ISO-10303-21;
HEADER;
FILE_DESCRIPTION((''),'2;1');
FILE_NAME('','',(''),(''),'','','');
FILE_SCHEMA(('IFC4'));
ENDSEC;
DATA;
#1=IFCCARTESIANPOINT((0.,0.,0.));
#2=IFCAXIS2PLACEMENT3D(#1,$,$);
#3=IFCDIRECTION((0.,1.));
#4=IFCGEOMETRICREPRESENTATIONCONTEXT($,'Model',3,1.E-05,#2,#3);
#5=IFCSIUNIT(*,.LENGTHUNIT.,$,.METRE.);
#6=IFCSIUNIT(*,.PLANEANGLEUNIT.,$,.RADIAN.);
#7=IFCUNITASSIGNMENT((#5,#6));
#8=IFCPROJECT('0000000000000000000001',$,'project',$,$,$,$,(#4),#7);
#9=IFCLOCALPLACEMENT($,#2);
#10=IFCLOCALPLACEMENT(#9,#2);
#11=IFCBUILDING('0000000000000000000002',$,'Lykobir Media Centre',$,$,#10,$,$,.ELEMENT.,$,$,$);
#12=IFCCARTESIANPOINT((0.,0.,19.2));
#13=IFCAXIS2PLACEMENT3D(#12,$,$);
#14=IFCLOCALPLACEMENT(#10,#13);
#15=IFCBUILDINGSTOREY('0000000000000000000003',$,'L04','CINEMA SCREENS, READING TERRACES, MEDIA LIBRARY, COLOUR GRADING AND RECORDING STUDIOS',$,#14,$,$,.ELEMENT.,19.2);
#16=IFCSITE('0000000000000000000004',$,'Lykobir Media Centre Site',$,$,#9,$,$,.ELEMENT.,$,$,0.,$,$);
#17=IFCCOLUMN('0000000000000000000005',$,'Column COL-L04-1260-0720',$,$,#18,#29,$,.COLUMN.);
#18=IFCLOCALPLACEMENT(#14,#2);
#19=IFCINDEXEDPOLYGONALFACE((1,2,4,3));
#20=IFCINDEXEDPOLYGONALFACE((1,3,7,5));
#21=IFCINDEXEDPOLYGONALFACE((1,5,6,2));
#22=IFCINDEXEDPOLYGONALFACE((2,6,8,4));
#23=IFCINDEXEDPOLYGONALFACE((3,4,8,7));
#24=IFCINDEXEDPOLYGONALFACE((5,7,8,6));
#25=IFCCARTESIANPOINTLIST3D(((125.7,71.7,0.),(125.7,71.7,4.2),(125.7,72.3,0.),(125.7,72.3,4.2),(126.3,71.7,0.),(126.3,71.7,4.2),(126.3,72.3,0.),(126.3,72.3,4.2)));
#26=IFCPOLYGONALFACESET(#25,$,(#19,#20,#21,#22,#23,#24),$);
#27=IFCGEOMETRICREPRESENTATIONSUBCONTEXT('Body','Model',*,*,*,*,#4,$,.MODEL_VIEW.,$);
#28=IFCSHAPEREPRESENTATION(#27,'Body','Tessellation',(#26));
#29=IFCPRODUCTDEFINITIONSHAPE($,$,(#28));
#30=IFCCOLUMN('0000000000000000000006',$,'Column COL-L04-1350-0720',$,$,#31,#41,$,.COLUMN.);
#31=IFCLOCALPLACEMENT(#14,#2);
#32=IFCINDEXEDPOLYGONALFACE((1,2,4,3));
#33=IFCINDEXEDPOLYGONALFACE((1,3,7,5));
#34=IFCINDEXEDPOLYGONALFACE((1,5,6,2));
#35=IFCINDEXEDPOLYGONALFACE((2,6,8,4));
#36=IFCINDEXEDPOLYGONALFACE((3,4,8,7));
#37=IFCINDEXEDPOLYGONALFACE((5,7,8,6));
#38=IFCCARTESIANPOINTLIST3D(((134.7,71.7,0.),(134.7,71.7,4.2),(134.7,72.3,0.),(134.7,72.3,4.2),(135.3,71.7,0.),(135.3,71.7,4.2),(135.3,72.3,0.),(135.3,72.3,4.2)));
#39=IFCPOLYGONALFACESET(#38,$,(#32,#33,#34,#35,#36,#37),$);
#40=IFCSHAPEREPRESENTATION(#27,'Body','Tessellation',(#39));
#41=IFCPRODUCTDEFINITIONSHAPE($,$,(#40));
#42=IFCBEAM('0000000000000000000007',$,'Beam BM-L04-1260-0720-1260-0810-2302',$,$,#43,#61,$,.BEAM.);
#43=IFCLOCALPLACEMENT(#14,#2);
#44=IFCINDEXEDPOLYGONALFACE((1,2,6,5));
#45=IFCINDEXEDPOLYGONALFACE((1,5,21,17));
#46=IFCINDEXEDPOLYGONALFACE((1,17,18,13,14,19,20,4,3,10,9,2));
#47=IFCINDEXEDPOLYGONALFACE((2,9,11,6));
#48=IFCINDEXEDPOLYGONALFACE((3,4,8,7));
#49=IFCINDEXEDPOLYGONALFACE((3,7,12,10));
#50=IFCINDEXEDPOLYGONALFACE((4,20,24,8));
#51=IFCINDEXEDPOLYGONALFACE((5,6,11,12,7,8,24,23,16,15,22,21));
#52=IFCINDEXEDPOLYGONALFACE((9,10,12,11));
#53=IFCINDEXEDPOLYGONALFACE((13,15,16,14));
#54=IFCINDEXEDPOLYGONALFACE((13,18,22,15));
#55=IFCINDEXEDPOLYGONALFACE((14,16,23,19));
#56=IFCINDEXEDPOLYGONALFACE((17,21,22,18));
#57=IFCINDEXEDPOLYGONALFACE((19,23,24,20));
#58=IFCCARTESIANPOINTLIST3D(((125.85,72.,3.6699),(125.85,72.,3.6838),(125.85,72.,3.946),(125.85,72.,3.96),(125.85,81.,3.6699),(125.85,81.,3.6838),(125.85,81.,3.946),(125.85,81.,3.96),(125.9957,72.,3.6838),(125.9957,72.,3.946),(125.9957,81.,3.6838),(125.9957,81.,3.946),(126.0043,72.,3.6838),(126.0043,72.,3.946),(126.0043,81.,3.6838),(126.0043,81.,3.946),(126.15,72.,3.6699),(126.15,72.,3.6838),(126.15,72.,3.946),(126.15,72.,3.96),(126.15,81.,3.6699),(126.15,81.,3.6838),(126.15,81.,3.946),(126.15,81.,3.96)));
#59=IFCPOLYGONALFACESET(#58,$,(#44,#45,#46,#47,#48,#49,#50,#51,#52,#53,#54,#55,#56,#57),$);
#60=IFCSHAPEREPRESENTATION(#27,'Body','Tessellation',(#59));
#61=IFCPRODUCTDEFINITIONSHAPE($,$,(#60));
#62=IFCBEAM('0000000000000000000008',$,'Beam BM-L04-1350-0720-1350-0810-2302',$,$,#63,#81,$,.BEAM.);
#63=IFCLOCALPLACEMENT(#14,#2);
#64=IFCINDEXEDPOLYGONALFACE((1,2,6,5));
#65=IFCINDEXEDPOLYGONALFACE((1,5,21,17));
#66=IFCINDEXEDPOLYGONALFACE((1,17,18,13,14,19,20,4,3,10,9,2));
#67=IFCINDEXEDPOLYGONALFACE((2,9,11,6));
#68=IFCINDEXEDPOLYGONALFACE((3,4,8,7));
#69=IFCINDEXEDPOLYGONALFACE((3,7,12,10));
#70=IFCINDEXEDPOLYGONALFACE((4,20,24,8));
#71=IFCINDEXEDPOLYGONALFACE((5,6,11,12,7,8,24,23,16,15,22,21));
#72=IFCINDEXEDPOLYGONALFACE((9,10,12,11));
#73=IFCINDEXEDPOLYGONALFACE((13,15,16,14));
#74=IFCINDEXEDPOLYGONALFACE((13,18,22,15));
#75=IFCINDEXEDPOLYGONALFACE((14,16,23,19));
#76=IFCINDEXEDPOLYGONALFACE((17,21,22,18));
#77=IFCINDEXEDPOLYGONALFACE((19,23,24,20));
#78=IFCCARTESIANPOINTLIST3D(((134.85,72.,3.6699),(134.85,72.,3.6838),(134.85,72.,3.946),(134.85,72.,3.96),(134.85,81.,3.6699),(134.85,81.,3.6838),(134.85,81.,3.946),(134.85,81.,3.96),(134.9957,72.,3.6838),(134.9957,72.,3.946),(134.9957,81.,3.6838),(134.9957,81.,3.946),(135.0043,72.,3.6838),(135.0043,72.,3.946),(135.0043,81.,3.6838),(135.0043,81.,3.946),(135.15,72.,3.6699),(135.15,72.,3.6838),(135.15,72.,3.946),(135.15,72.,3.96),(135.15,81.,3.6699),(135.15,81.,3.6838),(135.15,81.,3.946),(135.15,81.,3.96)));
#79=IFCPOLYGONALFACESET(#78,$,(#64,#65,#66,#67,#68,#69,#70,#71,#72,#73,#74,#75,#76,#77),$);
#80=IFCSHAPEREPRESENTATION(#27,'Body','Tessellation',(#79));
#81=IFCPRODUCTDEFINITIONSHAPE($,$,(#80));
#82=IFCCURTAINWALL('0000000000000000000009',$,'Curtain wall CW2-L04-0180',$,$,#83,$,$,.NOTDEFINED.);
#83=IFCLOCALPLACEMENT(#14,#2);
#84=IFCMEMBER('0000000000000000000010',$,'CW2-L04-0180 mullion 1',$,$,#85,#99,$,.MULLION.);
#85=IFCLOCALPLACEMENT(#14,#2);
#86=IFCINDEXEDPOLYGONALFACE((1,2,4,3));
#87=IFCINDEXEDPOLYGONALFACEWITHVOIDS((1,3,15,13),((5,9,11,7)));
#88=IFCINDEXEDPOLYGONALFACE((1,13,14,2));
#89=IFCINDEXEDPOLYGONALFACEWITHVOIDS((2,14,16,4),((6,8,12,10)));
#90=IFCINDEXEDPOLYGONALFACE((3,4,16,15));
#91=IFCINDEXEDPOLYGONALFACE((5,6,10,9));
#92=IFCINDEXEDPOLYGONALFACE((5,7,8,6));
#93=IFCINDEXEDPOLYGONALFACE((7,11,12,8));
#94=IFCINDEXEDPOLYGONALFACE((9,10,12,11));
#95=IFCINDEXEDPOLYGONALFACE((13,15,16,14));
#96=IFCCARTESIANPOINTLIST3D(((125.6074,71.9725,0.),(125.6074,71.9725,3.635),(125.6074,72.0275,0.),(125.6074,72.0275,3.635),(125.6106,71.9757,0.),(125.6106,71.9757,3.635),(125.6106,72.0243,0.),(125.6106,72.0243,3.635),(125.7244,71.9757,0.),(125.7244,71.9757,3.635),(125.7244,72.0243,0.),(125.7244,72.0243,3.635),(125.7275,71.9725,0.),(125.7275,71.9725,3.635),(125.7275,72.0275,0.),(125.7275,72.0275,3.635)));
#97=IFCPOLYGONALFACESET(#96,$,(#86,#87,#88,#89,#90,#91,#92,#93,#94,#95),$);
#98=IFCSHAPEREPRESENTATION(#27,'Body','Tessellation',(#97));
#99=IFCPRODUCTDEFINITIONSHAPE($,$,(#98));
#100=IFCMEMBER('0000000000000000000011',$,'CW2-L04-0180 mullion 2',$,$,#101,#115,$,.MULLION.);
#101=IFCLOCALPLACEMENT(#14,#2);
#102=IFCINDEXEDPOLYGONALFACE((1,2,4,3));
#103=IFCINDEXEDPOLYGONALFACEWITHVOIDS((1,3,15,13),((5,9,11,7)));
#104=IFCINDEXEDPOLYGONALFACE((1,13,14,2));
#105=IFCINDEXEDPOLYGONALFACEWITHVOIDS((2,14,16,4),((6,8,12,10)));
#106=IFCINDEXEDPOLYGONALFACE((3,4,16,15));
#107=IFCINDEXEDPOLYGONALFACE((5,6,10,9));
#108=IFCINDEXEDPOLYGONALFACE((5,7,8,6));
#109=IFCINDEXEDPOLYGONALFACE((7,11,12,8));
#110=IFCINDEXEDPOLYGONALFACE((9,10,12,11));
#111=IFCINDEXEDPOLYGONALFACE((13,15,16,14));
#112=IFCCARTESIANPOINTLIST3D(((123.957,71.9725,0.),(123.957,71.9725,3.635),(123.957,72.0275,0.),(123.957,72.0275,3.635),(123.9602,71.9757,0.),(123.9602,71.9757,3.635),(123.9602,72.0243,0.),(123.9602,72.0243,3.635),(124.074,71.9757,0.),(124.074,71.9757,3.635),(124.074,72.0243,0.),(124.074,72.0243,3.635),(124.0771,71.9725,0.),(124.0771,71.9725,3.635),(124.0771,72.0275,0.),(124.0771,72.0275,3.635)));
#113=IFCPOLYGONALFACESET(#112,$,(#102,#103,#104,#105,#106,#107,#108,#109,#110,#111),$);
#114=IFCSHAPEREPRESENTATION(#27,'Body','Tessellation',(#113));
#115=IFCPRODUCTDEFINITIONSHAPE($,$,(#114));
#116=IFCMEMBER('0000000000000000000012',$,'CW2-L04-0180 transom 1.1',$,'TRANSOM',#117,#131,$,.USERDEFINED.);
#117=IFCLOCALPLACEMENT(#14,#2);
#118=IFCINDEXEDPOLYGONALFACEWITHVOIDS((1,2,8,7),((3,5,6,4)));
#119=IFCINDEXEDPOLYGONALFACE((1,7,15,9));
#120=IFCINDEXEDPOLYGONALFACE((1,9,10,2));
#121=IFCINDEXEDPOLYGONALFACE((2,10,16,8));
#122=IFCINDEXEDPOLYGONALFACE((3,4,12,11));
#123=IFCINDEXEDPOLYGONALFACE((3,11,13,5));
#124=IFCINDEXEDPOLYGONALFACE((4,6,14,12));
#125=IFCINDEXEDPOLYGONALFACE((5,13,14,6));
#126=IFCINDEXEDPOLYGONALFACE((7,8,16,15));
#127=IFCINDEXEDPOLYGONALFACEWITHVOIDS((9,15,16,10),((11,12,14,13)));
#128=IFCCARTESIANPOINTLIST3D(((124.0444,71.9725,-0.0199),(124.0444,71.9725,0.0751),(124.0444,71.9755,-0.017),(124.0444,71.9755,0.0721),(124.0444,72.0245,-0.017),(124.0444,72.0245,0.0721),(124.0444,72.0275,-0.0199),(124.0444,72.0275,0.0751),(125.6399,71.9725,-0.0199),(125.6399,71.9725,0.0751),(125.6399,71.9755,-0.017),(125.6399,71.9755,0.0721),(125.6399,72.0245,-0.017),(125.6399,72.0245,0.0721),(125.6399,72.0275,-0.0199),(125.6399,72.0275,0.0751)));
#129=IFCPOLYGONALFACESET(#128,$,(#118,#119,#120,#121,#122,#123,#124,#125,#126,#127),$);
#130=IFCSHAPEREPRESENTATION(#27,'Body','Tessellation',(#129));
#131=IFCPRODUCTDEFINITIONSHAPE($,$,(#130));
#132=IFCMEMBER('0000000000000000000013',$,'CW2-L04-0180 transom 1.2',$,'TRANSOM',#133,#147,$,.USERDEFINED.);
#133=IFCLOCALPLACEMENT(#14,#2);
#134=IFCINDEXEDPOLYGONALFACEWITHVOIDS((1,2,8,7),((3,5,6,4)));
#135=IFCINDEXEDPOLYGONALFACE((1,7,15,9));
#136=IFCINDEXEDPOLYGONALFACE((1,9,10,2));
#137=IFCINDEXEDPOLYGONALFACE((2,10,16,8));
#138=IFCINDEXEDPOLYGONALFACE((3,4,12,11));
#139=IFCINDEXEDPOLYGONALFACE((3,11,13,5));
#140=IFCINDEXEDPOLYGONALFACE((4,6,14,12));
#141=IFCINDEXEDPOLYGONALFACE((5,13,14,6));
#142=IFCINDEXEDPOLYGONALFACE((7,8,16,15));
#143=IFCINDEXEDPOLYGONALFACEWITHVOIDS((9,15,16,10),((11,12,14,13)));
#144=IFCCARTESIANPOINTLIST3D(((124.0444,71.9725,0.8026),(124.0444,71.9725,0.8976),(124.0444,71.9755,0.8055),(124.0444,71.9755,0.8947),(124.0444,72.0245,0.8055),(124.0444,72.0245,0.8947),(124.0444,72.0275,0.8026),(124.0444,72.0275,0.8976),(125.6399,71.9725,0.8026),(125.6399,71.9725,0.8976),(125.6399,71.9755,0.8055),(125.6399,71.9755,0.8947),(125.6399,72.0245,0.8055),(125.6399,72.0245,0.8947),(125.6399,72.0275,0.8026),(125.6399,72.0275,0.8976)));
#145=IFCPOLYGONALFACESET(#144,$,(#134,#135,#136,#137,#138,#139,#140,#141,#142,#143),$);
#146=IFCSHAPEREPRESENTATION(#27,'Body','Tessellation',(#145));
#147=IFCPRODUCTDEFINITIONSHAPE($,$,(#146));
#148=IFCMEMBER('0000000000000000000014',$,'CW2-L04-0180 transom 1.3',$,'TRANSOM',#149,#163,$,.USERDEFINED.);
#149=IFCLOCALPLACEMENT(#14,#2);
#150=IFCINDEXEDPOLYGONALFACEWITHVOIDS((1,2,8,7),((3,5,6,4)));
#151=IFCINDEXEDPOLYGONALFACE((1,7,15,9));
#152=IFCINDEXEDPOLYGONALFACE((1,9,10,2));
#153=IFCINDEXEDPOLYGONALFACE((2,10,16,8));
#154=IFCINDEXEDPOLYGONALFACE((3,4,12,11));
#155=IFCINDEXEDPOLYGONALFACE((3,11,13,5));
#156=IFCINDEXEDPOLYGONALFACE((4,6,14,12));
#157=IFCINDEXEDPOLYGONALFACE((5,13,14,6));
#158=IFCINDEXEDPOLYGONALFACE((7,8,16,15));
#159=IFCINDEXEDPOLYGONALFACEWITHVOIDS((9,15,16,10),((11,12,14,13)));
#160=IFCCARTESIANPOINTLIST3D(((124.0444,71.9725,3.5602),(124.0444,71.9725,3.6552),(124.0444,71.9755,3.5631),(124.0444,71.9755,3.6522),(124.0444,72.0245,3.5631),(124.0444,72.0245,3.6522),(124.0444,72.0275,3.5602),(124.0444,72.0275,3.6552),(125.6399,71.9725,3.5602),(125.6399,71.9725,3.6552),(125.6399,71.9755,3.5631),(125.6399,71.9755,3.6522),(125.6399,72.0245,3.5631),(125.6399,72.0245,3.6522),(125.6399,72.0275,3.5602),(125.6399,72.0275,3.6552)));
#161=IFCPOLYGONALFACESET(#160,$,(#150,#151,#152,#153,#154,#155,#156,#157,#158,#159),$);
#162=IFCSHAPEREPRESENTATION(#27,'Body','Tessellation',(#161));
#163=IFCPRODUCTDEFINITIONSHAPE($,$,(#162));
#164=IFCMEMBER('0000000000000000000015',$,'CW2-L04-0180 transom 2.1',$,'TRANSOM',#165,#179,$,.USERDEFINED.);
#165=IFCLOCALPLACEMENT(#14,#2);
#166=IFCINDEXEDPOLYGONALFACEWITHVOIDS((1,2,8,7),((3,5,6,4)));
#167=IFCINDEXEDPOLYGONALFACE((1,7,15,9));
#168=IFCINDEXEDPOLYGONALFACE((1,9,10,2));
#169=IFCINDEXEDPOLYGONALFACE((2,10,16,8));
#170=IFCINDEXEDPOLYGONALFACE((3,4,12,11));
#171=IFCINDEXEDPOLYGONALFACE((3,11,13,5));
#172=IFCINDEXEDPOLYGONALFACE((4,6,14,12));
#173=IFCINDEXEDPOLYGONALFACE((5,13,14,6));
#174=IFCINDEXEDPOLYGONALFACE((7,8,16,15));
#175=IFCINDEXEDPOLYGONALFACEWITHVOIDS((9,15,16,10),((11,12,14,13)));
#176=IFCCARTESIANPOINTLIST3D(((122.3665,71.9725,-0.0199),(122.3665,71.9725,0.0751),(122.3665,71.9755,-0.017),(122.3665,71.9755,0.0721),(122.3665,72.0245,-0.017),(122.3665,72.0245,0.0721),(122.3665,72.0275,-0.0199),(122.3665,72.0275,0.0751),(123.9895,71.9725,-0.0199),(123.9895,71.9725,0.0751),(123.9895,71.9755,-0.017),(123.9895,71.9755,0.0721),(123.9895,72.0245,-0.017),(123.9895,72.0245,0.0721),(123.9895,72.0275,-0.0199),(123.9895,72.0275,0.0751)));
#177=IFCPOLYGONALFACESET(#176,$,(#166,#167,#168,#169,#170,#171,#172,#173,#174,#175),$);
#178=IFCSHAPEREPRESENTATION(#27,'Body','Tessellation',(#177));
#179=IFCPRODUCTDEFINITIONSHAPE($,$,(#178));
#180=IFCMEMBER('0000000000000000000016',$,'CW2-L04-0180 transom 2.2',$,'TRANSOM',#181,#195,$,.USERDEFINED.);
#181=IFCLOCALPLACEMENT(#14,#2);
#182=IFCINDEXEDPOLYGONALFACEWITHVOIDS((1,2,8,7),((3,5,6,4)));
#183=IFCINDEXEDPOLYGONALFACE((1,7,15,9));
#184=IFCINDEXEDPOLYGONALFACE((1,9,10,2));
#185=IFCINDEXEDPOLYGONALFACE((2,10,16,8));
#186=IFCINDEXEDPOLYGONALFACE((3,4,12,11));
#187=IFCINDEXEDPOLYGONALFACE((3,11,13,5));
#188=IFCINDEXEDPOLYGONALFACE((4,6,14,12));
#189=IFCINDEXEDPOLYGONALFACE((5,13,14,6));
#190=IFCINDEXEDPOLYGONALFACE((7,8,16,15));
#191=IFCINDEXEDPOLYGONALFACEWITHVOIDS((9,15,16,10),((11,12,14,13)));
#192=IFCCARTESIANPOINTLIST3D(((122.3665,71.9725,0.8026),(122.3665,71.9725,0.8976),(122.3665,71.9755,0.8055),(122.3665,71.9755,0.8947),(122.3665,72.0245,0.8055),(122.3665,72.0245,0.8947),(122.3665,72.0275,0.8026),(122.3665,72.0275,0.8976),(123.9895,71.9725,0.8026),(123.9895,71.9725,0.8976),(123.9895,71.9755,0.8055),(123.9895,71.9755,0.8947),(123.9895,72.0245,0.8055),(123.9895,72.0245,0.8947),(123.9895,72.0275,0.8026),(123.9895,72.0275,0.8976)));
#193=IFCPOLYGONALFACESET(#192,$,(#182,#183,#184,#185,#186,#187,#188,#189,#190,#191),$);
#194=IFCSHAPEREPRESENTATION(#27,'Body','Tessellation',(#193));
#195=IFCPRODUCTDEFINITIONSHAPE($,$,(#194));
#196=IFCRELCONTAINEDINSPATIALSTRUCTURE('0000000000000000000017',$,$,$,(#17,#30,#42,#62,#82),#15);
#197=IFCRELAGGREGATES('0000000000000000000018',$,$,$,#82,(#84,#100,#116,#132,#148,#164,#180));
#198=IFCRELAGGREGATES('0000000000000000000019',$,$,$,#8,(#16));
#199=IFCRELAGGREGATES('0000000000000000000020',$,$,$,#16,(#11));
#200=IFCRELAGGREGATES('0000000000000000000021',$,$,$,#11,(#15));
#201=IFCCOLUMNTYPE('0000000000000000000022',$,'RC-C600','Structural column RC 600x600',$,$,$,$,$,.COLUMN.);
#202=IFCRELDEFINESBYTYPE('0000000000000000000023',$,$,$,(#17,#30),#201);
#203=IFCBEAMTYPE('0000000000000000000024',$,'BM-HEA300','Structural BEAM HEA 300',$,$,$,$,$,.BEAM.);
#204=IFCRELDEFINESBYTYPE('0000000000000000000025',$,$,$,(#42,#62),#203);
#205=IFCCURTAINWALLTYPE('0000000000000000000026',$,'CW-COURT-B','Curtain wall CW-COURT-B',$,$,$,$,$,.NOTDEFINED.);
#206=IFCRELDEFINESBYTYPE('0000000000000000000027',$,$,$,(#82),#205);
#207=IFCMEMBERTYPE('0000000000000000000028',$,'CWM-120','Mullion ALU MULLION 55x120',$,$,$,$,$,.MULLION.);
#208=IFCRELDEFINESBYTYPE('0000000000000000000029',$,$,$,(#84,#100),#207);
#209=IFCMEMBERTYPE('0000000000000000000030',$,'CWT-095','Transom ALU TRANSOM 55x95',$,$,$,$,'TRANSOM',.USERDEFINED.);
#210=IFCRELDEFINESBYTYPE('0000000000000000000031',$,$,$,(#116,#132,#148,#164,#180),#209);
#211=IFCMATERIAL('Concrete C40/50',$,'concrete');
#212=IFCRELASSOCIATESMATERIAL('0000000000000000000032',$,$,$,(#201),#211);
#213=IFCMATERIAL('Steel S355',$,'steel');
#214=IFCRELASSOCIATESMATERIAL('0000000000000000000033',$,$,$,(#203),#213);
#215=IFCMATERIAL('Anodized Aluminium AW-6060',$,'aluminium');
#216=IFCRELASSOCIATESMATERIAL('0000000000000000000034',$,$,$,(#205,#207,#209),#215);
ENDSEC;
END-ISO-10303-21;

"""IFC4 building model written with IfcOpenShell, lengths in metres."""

from ifc_helpers import new_model, si_unit, direction, frame, origin, origin_2d, place, context, subcontext, project, spatial, rectangle, hollow_rectangle, i_section, extrude, material, material_profile, profile_set, type_object, element, aggregate, save


model = new_model("IFC4")

# Units and contexts
model_context = context("Model", 3, precision=1e-05, world=origin(), true_north=direction((0.0, 1.0)))
body_context = subcontext(model_context, "Body", "Model", "MODEL_VIEW")
ifc_project = project(units=[si_unit("LENGTHUNIT", "METRE"), si_unit("PLANEANGLEUNIT", "RADIAN")], contexts=[model_context])

# Site, building, storey
site_placement = place(None, origin())
site = spatial("IfcSite", under=ifc_project, at=site_placement, Name="Lykobir Media Centre Site", CompositionType="ELEMENT", RefElevation=0.0)
building_placement = place(site_placement, origin())
building = spatial("IfcBuilding", under=site, at=building_placement, Name="Lykobir Media Centre", CompositionType="ELEMENT")
storey_placement = place(building_placement, frame((0.0, 0.0, 19.2)))
storey = spatial("IfcBuildingStorey", under=building, at=storey_placement, Name="L04", Description="CINEMA SCREENS, READING TERRACES, MEDIA LIBRARY, COLOUR GRADING AND RECORDING STUDIOS", CompositionType="ELEMENT", Elevation=19.2)

# Columns
ifc_material_1 = material(Name="Concrete C40/50", Category="concrete")
ifc_material_profile_1 = material_profile(ifc_material_1, rectangle(XDim=0.6001, YDim=0.6001, at=origin_2d()), Name="RC 600x600")
ifc_profile_set_1 = profile_set([ifc_material_profile_1], Name="Concrete C40/50")
column_type = type_object("IfcColumnType", Name="RC-C600", Description="Structural column RC 600x600", PredefinedType="COLUMN", material=ifc_profile_set_1)
for number, where, z_axis, x_axis, name in (
    (1, (126.0, 72.0, 0.0), (0.0, 0.0, 1.0), (1.0, 0.0, 0.0), "Column COL-L04-1260-0720"),
    (2, (135.0, 72.0, 0.0), (0.0, 0.0, 1.0), (1.0, 0.0, 0.0), "Column COL-L04-1350-0720"),
):
    element("IfcColumn", number, at=place(storey_placement, frame(where, z_axis=z_axis, x_axis=x_axis)), inside=storey, type_object=column_type, Name=name, PredefinedType="COLUMN", context=body_context, shape_type="SweptSolid", body=[
        extrude(rectangle(XDim=0.6001, YDim=0.6001, at=origin_2d()), origin(), (0.0, 0.0, 1.0), 4.2),
    ])

# Beams
ifc_material_2 = material(Name="Steel S355", Category="steel")
ifc_material_profile_2 = material_profile(ifc_material_2, i_section(OverallWidth=0.3, OverallDepth=0.29, WebThickness=0.0085, FlangeThickness=0.0139, at=origin_2d()), Name="HEA 300")
ifc_profile_set_2 = profile_set([ifc_material_profile_2], Name="Steel S355")
beam_type_1 = type_object("IfcBeamType", Name="BM-HEA300", Description="Structural BEAM HEA 300", PredefinedType="BEAM", material=ifc_profile_set_2)
for number, where, z_axis, x_axis, name in (
    (3, (126.0, 72.0, 3.8149), (0.0, 1.0, 0.0), (-1.0, 0.0, 0.0), "Beam BM-L04-1260-0720-1260-0810-2302"),
    (4, (135.0, 72.0, 3.8149), (0.0, 1.0, 0.0), (-1.0, 0.0, 0.0), "Beam BM-L04-1350-0720-1350-0810-2302"),
):
    element("IfcBeam", number, at=place(storey_placement, frame(where, z_axis=z_axis, x_axis=x_axis)), inside=storey, type_object=beam_type_1, Name=name, PredefinedType="BEAM", context=body_context, shape_type="SweptSolid", body=[
        extrude(i_section(OverallWidth=0.3, OverallDepth=0.29, WebThickness=0.0085, FlangeThickness=0.0139, at=origin_2d()), origin(), (0.0, 0.0, 1.0), 9.0),
    ])

# Curtain wall, members
ifc_material_3 = material(Name="Anodized Aluminium AW-6060", Category="aluminium")
curtain_wall_type = type_object("IfcCurtainWallType", Name="CW-COURT-B", Description="Curtain wall CW-COURT-B", PredefinedType="NOTDEFINED", material=ifc_material_3)
curtain_wall_placement = place(storey_placement, origin())
curtain_wall = element("IfcCurtainWall", 5, at=curtain_wall_placement, inside=storey, type_object=curtain_wall_type, Name="Curtain wall CW2-L04-0180", PredefinedType="NOTDEFINED")
ifc_material_profile_3 = material_profile(ifc_material_3, hollow_rectangle(XDim=0.0549, YDim=0.1201, WallThickness=0.0032, at=origin_2d()), Name="ALU MULLION 55x120")
ifc_profile_set_3 = profile_set([ifc_material_profile_3], Name="Anodized Aluminium AW-6060")
member_type_1 = type_object("IfcMemberType", Name="CWM-120", Description="Mullion ALU MULLION 55x120", PredefinedType="MULLION", material=ifc_profile_set_3)
member_1_placement = place(storey_placement, frame((125.6675, 72.0, 0.0), z_axis=(0.0, 0.0, 1.0), x_axis=(0.0, -1.0, 0.0)))
member_1 = element("IfcMember", 6, at=member_1_placement, type_object=member_type_1, Name="CW2-L04-0180 mullion 1", PredefinedType="MULLION", context=body_context, shape_type="SweptSolid", body=[
    extrude(hollow_rectangle(XDim=0.0549, YDim=0.1201, WallThickness=0.0032, at=origin_2d()), origin(), (0.0, 0.0, 1.0), 3.635),
])
member_2_placement = place(storey_placement, frame((124.0171, 72.0, 0.0), z_axis=(0.0, 0.0, 1.0), x_axis=(0.0, -1.0, 0.0)))
member_2 = element("IfcMember", 7, at=member_2_placement, type_object=member_type_1, Name="CW2-L04-0180 mullion 2", PredefinedType="MULLION", context=body_context, shape_type="SweptSolid", body=[
    extrude(hollow_rectangle(XDim=0.0549, YDim=0.1201, WallThickness=0.0032, at=origin_2d()), origin(), (0.0, 0.0, 1.0), 3.635),
])
ifc_material_profile_4 = material_profile(ifc_material_3, hollow_rectangle(XDim=0.0549, YDim=0.095, WallThickness=0.0029, at=origin_2d()), Name="ALU TRANSOM 55x95")
ifc_profile_set_4 = profile_set([ifc_material_profile_4], Name="Anodized Aluminium AW-6060")
member_type_2 = type_object("IfcMemberType", Name="CWT-095", Description="Transom ALU TRANSOM 55x95", ElementType="TRANSOM", PredefinedType="USERDEFINED", material=ifc_profile_set_4)
member_3_placement = place(storey_placement, frame((125.6399, 72.0, 0.0276), z_axis=(-1.0, 0.0, 0.0), x_axis=(0.0, -1.0, 0.0)))
member_3 = element("IfcMember", 8, at=member_3_placement, type_object=member_type_2, Name="CW2-L04-0180 transom 1.1", ObjectType="TRANSOM", PredefinedType="USERDEFINED", context=body_context, shape_type="SweptSolid", body=[
    extrude(hollow_rectangle(XDim=0.0549, YDim=0.095, WallThickness=0.0029, at=origin_2d()), origin(), (0.0, 0.0, 1.0), 1.5955),
])
member_4_placement = place(storey_placement, frame((125.6399, 72.0, 0.8501), z_axis=(-1.0, 0.0, 0.0), x_axis=(0.0, -1.0, 0.0)))
member_4 = element("IfcMember", 9, at=member_4_placement, type_object=member_type_2, Name="CW2-L04-0180 transom 1.2", ObjectType="TRANSOM", PredefinedType="USERDEFINED", context=body_context, shape_type="SweptSolid", body=[
    extrude(hollow_rectangle(XDim=0.0549, YDim=0.095, WallThickness=0.0029, at=origin_2d()), origin(), (0.0, 0.0, 1.0), 1.5955),
])
member_5_placement = place(storey_placement, frame((125.6399, 72.0, 3.6077), z_axis=(-1.0, 0.0, 0.0), x_axis=(0.0, -1.0, 0.0)))
member_5 = element("IfcMember", 10, at=member_5_placement, type_object=member_type_2, Name="CW2-L04-0180 transom 1.3", ObjectType="TRANSOM", PredefinedType="USERDEFINED", context=body_context, shape_type="SweptSolid", body=[
    extrude(hollow_rectangle(XDim=0.0549, YDim=0.095, WallThickness=0.0029, at=origin_2d()), origin(), (0.0, 0.0, 1.0), 1.5955),
])
member_6_placement = place(storey_placement, frame((123.9895, 72.0, 0.0276), z_axis=(-1.0, 0.0, 0.0), x_axis=(0.0, -1.0, 0.0)))
member_6 = element("IfcMember", 11, at=member_6_placement, type_object=member_type_2, Name="CW2-L04-0180 transom 2.1", ObjectType="TRANSOM", PredefinedType="USERDEFINED", context=body_context, shape_type="SweptSolid", body=[
    extrude(hollow_rectangle(XDim=0.0549, YDim=0.095, WallThickness=0.0029, at=origin_2d()), origin(), (0.0, 0.0, 1.0), 1.623),
])
member_7_placement = place(storey_placement, frame((123.9895, 72.0, 0.8501), z_axis=(-1.0, 0.0, 0.0), x_axis=(0.0, -1.0, 0.0)))
member_7 = element("IfcMember", 12, at=member_7_placement, type_object=member_type_2, Name="CW2-L04-0180 transom 2.2", ObjectType="TRANSOM", PredefinedType="USERDEFINED", context=body_context, shape_type="SweptSolid", body=[
    extrude(hollow_rectangle(XDim=0.0549, YDim=0.095, WallThickness=0.0029, at=origin_2d()), origin(), (0.0, 0.0, 1.0), 1.623),
])

aggregate(curtain_wall, [member_1, member_2, member_3, member_4, member_5, member_6, member_7])

save(model, "model.ifc")
